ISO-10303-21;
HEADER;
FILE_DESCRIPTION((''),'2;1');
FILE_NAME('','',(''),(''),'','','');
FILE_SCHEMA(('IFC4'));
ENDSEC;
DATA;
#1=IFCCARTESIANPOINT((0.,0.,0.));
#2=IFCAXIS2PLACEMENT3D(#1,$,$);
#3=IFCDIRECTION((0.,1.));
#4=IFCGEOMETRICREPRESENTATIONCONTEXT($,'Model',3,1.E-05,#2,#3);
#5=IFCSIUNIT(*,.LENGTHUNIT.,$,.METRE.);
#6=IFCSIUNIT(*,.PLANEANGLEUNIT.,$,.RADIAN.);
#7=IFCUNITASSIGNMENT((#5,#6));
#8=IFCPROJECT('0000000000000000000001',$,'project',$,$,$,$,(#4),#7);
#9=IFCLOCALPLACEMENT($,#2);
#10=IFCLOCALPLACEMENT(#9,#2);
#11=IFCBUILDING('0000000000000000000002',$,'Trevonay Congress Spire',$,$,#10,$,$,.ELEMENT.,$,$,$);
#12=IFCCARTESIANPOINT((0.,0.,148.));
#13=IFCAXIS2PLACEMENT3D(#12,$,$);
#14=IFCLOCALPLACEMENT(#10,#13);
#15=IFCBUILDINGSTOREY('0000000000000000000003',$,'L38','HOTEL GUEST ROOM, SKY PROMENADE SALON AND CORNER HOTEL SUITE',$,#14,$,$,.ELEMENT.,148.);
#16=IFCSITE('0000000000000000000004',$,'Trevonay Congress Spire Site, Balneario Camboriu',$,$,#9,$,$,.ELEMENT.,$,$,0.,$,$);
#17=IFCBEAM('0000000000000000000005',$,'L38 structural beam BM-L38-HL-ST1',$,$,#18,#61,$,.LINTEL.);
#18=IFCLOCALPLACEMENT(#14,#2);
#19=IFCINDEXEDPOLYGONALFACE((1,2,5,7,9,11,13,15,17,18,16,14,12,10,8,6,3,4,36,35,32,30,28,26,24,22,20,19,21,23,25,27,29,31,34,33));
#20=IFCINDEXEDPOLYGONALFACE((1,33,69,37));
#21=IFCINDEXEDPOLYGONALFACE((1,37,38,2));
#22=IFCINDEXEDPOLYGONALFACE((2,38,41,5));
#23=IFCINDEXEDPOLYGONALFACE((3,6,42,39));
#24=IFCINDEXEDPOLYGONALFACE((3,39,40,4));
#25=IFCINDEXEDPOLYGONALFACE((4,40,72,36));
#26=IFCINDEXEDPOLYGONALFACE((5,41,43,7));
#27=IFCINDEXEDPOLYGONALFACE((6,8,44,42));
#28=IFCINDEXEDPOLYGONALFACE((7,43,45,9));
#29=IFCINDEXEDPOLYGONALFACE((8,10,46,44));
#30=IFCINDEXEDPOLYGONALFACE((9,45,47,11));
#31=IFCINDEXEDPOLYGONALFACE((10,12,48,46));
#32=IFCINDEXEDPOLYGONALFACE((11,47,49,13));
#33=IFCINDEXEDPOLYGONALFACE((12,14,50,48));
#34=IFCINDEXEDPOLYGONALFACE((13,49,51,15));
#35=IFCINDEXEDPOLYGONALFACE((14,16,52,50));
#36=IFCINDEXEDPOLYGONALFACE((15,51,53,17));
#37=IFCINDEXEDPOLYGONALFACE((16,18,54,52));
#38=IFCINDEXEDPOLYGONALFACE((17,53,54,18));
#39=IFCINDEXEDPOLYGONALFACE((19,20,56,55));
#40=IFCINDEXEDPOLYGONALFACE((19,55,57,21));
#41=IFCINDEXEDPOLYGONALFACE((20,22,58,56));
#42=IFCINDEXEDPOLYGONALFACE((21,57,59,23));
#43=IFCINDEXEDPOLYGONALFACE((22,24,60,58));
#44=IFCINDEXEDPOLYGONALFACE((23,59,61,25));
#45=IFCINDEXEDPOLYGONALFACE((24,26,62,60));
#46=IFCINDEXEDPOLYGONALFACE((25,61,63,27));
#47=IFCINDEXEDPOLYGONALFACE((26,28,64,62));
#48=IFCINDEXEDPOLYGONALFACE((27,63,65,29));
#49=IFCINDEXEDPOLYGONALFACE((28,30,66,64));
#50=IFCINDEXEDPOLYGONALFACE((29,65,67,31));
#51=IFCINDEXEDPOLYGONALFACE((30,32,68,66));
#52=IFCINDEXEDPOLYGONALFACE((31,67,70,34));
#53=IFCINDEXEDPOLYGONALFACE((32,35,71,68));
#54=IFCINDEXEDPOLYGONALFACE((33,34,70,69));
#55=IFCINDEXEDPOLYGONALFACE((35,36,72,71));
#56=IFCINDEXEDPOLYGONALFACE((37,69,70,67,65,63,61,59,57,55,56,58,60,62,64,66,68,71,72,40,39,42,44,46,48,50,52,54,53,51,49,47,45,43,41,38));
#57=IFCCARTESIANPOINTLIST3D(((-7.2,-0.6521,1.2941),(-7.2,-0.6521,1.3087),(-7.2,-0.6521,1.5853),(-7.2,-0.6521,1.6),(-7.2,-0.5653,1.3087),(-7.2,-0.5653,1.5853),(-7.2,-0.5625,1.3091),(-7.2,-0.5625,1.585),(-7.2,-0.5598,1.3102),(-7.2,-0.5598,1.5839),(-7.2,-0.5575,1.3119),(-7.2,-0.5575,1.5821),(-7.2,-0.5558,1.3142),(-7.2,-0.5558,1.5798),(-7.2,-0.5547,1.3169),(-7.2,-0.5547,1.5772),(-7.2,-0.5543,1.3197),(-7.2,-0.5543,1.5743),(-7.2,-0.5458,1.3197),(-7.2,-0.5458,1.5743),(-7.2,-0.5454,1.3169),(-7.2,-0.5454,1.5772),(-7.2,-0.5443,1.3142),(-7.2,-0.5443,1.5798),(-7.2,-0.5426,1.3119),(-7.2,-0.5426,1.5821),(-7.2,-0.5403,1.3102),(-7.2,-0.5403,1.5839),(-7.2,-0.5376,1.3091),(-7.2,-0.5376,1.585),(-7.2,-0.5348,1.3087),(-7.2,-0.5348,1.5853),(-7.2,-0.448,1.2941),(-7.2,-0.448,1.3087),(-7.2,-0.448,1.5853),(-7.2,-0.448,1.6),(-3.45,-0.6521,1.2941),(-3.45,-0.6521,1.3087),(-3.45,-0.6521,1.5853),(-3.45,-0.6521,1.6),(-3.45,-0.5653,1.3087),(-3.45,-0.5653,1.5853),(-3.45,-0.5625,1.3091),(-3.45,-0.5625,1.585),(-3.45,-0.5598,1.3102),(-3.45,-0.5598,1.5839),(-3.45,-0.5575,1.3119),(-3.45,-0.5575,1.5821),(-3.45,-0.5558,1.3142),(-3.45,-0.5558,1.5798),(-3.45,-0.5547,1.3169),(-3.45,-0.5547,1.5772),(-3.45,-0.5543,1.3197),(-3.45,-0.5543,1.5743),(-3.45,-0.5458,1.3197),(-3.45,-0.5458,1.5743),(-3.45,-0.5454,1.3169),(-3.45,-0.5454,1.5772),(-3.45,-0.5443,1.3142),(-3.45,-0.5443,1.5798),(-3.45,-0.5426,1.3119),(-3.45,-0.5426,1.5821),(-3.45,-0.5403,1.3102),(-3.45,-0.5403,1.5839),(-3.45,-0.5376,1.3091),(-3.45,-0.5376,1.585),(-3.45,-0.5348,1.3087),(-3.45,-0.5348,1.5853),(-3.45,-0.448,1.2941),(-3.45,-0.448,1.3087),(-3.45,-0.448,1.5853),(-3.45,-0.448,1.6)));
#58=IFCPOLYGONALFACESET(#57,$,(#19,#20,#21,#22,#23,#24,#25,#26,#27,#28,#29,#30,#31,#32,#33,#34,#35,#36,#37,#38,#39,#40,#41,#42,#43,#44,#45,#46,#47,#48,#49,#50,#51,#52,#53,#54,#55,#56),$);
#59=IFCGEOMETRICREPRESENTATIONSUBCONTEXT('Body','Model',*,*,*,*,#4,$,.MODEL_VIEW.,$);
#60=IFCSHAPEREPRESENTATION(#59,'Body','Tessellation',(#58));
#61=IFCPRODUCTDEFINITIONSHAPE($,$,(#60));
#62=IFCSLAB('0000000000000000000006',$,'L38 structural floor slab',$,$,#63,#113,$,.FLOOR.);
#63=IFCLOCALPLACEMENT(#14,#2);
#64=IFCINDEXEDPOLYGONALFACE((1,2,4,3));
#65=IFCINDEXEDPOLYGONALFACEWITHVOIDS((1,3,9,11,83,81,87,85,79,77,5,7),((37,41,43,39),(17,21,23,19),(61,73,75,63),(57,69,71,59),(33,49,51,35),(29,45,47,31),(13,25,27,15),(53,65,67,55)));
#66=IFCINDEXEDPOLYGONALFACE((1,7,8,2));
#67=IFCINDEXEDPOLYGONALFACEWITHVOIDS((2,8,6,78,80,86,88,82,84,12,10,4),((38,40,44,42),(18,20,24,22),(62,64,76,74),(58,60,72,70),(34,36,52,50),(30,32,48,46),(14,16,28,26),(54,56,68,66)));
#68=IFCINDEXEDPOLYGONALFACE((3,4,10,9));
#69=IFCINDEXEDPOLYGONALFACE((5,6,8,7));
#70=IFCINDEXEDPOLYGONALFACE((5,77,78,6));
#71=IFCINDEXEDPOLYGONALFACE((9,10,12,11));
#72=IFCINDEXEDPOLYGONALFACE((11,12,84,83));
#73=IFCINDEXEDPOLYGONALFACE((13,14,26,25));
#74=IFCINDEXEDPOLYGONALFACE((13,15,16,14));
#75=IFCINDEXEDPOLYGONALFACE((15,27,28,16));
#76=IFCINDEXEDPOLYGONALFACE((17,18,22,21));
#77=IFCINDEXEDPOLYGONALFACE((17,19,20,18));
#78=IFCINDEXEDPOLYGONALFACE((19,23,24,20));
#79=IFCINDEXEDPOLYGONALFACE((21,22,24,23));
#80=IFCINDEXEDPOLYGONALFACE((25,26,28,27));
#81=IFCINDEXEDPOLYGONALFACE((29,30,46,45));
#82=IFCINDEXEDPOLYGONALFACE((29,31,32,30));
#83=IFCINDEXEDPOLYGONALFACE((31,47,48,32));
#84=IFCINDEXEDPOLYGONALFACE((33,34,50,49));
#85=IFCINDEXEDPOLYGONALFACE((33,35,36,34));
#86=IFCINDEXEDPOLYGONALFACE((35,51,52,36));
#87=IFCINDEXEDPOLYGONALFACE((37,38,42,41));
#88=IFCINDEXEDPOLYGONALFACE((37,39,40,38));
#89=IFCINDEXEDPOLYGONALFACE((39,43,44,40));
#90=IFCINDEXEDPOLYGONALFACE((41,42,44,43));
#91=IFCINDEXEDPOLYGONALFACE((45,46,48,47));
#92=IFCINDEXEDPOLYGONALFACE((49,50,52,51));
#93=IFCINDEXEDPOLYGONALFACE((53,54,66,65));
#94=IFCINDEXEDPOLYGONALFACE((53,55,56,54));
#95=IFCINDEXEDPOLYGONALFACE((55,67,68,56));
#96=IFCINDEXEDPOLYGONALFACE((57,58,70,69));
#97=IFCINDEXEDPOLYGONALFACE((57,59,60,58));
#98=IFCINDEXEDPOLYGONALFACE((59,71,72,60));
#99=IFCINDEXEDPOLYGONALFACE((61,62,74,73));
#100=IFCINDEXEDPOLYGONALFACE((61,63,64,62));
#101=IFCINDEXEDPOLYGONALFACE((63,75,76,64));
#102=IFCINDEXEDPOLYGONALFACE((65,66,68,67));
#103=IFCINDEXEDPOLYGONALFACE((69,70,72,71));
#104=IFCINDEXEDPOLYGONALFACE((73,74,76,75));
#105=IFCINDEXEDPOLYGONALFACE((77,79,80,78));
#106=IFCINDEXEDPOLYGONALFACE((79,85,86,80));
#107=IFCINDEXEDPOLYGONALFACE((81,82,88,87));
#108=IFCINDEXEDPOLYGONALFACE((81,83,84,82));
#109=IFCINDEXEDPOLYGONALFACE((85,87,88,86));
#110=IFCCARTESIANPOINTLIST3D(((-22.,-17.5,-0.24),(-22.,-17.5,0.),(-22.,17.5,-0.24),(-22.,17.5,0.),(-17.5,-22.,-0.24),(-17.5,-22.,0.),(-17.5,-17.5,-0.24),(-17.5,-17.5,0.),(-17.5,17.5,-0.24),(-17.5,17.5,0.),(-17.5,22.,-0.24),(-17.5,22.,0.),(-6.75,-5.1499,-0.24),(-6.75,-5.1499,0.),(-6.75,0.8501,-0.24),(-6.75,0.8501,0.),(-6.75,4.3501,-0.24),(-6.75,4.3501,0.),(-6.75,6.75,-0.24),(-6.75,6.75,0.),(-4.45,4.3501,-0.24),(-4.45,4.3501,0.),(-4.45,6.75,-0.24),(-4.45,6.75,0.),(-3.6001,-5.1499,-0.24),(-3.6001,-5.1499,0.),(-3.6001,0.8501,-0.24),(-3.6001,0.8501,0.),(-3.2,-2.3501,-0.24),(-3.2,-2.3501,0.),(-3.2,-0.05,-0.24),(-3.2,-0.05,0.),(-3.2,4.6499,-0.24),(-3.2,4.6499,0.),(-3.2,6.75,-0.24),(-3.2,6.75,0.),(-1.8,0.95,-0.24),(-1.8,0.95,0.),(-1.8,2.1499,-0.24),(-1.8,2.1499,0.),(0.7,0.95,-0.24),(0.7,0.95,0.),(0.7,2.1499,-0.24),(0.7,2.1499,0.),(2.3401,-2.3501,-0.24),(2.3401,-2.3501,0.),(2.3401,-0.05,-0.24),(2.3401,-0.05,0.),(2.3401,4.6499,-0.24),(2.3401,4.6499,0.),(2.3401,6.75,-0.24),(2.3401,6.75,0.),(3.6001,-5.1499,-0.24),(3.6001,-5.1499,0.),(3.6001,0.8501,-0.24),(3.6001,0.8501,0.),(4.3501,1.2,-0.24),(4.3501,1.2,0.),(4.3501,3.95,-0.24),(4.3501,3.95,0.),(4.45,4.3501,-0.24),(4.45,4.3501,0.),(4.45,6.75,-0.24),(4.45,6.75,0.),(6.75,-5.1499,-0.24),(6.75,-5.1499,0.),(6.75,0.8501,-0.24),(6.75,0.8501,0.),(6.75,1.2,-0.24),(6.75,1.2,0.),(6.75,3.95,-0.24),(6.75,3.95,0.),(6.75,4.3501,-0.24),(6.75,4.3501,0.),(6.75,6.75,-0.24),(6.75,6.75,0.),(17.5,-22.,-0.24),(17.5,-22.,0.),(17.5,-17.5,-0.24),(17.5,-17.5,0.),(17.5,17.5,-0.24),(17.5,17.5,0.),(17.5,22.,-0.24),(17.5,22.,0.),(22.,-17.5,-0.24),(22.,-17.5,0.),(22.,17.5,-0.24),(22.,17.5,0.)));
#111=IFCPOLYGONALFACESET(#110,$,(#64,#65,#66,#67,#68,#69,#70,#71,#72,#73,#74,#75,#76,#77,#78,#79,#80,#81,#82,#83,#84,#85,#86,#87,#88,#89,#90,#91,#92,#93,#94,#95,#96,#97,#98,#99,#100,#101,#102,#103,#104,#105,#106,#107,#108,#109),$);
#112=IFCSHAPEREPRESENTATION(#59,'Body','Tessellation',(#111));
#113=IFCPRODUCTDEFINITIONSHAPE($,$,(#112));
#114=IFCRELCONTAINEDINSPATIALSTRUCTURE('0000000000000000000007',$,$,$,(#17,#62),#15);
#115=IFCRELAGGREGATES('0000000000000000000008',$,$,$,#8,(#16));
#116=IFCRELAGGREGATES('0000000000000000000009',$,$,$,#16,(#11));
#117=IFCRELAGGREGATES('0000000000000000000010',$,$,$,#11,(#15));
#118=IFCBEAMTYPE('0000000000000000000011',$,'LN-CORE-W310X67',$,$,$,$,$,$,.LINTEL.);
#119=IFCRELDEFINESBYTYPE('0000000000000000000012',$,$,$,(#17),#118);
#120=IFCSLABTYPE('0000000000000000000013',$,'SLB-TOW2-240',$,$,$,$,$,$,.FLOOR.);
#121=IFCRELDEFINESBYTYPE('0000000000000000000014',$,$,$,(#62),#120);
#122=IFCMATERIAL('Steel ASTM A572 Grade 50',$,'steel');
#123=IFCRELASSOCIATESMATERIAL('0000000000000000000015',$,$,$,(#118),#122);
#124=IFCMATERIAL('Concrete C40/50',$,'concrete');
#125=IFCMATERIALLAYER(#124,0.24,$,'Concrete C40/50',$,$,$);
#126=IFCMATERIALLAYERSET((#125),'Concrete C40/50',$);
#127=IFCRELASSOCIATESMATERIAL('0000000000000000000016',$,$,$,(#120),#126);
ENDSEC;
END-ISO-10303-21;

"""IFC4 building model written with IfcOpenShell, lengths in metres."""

from ifc_helpers import new_model, si_unit, direction, frame, origin, origin_2d, place, context, subcontext, project, spatial, polyline, i_section, outline, extrude, material, layer, layer_set, material_profile, profile_set, type_object, element, save


model = new_model("IFC4")

# Units and contexts
model_context = context("Model", 3, precision=1e-05, world=origin(), true_north=direction((0.0, 1.0)))
body_context = subcontext(model_context, "Body", "Model", "MODEL_VIEW")
ifc_project = project(units=[si_unit("LENGTHUNIT", "METRE"), si_unit("PLANEANGLEUNIT", "RADIAN")], contexts=[model_context])

# Site, building, storey
site_placement = place(None, origin())
site = spatial("IfcSite", under=ifc_project, at=site_placement, Name="Trevonay Congress Spire Site, Balneario Camboriu", CompositionType="ELEMENT", RefElevation=0.0)
building_placement = place(site_placement, origin())
building = spatial("IfcBuilding", under=site, at=building_placement, Name="Trevonay Congress Spire", CompositionType="ELEMENT")
storey_placement = place(building_placement, frame((0.0, 0.0, 148.0)))
storey = spatial("IfcBuildingStorey", under=building, at=storey_placement, Name="L38", Description="HOTEL GUEST ROOM, SKY PROMENADE SALON AND CORNER HOTEL SUITE", CompositionType="ELEMENT", Elevation=148.0)

# Shared definitions
ifc_material_1 = material(Name="Steel ASTM A572 Grade 50", Category="steel")

# Beam
ifc_material_profile_1 = material_profile(ifc_material_1, i_section(OverallWidth=0.2041, OverallDepth=0.3059, WebThickness=0.0085, FlangeThickness=0.0146, FilletRadius=0.011, at=origin_2d()), Name="W310x67")
ifc_profile_set_1 = profile_set([ifc_material_profile_1], Name="Steel ASTM A572 Grade 50")
beam_type_1 = type_object("IfcBeamType", Name="LN-CORE-W310X67", PredefinedType="LINTEL", material=ifc_profile_set_1)
beam_1_placement = place(storey_placement, frame((-7.2, -0.55, 1.447), z_axis=(1.0, 0.0, 0.0), x_axis=(0.0, 1.0, 0.0)))
element("IfcBeam", 1, at=beam_1_placement, inside=storey, type_object=beam_type_1, Name="L38 structural beam BM-L38-HL-ST1", PredefinedType="LINTEL", context=body_context, shape_type="SweptSolid", body=[
    extrude(i_section(OverallWidth=0.2041, OverallDepth=0.3059, WebThickness=0.0085, FlangeThickness=0.0146, FilletRadius=0.011, at=origin_2d()), origin(), (0.0, 0.0, 1.0), 3.75),
])

# Slab
ifc_material_2 = material(Name="Concrete C40/50", Category="concrete")
ifc_layer_1 = layer(ifc_material_2, 0.24, Name="Concrete C40/50")
ifc_layer_set_1 = layer_set([ifc_layer_1], Name="Concrete C40/50")
slab_type = type_object("IfcSlabType", Name="SLB-TOW2-240", PredefinedType="FLOOR", material=ifc_layer_set_1)
slab_placement = place(storey_placement, frame((0.0, 0.0, -0.24)))
element("IfcSlab", 2, at=slab_placement, inside=storey, type_object=slab_type, Name="L38 structural floor slab", PredefinedType="FLOOR", context=body_context, shape_type="SweptSolid", body=[
    extrude(outline(polyline([(-17.5, -22.0), (17.5, -22.0), (17.5, -17.5), (22.0, -17.5), (22.0, 17.5), (17.5, 17.5), (17.5, 22.0), (-17.5, 22.0), (-17.5, 17.5), (-22.0, 17.5), (-22.0, -17.5), (-17.5, -17.5), (-17.5, -22.0)]), holes=[polyline([(-3.6001, -5.1499), (-3.6001, 0.8501), (-6.75, 0.8501), (-6.75, -5.1499), (-3.6001, -5.1499)]), polyline([(6.75, -5.1499), (6.75, 0.8501), (3.6001, 0.8501), (3.6001, -5.1499), (6.75, -5.1499)]), polyline([(-3.2, -2.3501), (2.3401, -2.3501), (2.3401, -0.05), (-3.2, -0.05), (-3.2, -2.3501)]), polyline([(-3.2, 4.6499), (2.3401, 4.6499), (2.3401, 6.75), (-3.2, 6.75), (-3.2, 4.6499)]), polyline([(-6.75, 4.3501), (-4.45, 4.3501), (-4.45, 6.75), (-6.75, 6.75), (-6.75, 4.3501)]), polyline([(4.45, 4.3501), (6.75, 4.3501), (6.75, 6.75), (4.45, 6.75), (4.45, 4.3501)]), polyline([(4.3501, 1.2), (6.75, 1.2), (6.75, 3.95), (4.3501, 3.95), (4.3501, 1.2)]), polyline([(-1.8, 0.95), (0.7, 0.95), (0.7, 2.1499), (-1.8, 2.1499), (-1.8, 0.95)])]), origin(), (0.0, 0.0, 1.0), 0.24),
])

save(model, "model.ifc")
